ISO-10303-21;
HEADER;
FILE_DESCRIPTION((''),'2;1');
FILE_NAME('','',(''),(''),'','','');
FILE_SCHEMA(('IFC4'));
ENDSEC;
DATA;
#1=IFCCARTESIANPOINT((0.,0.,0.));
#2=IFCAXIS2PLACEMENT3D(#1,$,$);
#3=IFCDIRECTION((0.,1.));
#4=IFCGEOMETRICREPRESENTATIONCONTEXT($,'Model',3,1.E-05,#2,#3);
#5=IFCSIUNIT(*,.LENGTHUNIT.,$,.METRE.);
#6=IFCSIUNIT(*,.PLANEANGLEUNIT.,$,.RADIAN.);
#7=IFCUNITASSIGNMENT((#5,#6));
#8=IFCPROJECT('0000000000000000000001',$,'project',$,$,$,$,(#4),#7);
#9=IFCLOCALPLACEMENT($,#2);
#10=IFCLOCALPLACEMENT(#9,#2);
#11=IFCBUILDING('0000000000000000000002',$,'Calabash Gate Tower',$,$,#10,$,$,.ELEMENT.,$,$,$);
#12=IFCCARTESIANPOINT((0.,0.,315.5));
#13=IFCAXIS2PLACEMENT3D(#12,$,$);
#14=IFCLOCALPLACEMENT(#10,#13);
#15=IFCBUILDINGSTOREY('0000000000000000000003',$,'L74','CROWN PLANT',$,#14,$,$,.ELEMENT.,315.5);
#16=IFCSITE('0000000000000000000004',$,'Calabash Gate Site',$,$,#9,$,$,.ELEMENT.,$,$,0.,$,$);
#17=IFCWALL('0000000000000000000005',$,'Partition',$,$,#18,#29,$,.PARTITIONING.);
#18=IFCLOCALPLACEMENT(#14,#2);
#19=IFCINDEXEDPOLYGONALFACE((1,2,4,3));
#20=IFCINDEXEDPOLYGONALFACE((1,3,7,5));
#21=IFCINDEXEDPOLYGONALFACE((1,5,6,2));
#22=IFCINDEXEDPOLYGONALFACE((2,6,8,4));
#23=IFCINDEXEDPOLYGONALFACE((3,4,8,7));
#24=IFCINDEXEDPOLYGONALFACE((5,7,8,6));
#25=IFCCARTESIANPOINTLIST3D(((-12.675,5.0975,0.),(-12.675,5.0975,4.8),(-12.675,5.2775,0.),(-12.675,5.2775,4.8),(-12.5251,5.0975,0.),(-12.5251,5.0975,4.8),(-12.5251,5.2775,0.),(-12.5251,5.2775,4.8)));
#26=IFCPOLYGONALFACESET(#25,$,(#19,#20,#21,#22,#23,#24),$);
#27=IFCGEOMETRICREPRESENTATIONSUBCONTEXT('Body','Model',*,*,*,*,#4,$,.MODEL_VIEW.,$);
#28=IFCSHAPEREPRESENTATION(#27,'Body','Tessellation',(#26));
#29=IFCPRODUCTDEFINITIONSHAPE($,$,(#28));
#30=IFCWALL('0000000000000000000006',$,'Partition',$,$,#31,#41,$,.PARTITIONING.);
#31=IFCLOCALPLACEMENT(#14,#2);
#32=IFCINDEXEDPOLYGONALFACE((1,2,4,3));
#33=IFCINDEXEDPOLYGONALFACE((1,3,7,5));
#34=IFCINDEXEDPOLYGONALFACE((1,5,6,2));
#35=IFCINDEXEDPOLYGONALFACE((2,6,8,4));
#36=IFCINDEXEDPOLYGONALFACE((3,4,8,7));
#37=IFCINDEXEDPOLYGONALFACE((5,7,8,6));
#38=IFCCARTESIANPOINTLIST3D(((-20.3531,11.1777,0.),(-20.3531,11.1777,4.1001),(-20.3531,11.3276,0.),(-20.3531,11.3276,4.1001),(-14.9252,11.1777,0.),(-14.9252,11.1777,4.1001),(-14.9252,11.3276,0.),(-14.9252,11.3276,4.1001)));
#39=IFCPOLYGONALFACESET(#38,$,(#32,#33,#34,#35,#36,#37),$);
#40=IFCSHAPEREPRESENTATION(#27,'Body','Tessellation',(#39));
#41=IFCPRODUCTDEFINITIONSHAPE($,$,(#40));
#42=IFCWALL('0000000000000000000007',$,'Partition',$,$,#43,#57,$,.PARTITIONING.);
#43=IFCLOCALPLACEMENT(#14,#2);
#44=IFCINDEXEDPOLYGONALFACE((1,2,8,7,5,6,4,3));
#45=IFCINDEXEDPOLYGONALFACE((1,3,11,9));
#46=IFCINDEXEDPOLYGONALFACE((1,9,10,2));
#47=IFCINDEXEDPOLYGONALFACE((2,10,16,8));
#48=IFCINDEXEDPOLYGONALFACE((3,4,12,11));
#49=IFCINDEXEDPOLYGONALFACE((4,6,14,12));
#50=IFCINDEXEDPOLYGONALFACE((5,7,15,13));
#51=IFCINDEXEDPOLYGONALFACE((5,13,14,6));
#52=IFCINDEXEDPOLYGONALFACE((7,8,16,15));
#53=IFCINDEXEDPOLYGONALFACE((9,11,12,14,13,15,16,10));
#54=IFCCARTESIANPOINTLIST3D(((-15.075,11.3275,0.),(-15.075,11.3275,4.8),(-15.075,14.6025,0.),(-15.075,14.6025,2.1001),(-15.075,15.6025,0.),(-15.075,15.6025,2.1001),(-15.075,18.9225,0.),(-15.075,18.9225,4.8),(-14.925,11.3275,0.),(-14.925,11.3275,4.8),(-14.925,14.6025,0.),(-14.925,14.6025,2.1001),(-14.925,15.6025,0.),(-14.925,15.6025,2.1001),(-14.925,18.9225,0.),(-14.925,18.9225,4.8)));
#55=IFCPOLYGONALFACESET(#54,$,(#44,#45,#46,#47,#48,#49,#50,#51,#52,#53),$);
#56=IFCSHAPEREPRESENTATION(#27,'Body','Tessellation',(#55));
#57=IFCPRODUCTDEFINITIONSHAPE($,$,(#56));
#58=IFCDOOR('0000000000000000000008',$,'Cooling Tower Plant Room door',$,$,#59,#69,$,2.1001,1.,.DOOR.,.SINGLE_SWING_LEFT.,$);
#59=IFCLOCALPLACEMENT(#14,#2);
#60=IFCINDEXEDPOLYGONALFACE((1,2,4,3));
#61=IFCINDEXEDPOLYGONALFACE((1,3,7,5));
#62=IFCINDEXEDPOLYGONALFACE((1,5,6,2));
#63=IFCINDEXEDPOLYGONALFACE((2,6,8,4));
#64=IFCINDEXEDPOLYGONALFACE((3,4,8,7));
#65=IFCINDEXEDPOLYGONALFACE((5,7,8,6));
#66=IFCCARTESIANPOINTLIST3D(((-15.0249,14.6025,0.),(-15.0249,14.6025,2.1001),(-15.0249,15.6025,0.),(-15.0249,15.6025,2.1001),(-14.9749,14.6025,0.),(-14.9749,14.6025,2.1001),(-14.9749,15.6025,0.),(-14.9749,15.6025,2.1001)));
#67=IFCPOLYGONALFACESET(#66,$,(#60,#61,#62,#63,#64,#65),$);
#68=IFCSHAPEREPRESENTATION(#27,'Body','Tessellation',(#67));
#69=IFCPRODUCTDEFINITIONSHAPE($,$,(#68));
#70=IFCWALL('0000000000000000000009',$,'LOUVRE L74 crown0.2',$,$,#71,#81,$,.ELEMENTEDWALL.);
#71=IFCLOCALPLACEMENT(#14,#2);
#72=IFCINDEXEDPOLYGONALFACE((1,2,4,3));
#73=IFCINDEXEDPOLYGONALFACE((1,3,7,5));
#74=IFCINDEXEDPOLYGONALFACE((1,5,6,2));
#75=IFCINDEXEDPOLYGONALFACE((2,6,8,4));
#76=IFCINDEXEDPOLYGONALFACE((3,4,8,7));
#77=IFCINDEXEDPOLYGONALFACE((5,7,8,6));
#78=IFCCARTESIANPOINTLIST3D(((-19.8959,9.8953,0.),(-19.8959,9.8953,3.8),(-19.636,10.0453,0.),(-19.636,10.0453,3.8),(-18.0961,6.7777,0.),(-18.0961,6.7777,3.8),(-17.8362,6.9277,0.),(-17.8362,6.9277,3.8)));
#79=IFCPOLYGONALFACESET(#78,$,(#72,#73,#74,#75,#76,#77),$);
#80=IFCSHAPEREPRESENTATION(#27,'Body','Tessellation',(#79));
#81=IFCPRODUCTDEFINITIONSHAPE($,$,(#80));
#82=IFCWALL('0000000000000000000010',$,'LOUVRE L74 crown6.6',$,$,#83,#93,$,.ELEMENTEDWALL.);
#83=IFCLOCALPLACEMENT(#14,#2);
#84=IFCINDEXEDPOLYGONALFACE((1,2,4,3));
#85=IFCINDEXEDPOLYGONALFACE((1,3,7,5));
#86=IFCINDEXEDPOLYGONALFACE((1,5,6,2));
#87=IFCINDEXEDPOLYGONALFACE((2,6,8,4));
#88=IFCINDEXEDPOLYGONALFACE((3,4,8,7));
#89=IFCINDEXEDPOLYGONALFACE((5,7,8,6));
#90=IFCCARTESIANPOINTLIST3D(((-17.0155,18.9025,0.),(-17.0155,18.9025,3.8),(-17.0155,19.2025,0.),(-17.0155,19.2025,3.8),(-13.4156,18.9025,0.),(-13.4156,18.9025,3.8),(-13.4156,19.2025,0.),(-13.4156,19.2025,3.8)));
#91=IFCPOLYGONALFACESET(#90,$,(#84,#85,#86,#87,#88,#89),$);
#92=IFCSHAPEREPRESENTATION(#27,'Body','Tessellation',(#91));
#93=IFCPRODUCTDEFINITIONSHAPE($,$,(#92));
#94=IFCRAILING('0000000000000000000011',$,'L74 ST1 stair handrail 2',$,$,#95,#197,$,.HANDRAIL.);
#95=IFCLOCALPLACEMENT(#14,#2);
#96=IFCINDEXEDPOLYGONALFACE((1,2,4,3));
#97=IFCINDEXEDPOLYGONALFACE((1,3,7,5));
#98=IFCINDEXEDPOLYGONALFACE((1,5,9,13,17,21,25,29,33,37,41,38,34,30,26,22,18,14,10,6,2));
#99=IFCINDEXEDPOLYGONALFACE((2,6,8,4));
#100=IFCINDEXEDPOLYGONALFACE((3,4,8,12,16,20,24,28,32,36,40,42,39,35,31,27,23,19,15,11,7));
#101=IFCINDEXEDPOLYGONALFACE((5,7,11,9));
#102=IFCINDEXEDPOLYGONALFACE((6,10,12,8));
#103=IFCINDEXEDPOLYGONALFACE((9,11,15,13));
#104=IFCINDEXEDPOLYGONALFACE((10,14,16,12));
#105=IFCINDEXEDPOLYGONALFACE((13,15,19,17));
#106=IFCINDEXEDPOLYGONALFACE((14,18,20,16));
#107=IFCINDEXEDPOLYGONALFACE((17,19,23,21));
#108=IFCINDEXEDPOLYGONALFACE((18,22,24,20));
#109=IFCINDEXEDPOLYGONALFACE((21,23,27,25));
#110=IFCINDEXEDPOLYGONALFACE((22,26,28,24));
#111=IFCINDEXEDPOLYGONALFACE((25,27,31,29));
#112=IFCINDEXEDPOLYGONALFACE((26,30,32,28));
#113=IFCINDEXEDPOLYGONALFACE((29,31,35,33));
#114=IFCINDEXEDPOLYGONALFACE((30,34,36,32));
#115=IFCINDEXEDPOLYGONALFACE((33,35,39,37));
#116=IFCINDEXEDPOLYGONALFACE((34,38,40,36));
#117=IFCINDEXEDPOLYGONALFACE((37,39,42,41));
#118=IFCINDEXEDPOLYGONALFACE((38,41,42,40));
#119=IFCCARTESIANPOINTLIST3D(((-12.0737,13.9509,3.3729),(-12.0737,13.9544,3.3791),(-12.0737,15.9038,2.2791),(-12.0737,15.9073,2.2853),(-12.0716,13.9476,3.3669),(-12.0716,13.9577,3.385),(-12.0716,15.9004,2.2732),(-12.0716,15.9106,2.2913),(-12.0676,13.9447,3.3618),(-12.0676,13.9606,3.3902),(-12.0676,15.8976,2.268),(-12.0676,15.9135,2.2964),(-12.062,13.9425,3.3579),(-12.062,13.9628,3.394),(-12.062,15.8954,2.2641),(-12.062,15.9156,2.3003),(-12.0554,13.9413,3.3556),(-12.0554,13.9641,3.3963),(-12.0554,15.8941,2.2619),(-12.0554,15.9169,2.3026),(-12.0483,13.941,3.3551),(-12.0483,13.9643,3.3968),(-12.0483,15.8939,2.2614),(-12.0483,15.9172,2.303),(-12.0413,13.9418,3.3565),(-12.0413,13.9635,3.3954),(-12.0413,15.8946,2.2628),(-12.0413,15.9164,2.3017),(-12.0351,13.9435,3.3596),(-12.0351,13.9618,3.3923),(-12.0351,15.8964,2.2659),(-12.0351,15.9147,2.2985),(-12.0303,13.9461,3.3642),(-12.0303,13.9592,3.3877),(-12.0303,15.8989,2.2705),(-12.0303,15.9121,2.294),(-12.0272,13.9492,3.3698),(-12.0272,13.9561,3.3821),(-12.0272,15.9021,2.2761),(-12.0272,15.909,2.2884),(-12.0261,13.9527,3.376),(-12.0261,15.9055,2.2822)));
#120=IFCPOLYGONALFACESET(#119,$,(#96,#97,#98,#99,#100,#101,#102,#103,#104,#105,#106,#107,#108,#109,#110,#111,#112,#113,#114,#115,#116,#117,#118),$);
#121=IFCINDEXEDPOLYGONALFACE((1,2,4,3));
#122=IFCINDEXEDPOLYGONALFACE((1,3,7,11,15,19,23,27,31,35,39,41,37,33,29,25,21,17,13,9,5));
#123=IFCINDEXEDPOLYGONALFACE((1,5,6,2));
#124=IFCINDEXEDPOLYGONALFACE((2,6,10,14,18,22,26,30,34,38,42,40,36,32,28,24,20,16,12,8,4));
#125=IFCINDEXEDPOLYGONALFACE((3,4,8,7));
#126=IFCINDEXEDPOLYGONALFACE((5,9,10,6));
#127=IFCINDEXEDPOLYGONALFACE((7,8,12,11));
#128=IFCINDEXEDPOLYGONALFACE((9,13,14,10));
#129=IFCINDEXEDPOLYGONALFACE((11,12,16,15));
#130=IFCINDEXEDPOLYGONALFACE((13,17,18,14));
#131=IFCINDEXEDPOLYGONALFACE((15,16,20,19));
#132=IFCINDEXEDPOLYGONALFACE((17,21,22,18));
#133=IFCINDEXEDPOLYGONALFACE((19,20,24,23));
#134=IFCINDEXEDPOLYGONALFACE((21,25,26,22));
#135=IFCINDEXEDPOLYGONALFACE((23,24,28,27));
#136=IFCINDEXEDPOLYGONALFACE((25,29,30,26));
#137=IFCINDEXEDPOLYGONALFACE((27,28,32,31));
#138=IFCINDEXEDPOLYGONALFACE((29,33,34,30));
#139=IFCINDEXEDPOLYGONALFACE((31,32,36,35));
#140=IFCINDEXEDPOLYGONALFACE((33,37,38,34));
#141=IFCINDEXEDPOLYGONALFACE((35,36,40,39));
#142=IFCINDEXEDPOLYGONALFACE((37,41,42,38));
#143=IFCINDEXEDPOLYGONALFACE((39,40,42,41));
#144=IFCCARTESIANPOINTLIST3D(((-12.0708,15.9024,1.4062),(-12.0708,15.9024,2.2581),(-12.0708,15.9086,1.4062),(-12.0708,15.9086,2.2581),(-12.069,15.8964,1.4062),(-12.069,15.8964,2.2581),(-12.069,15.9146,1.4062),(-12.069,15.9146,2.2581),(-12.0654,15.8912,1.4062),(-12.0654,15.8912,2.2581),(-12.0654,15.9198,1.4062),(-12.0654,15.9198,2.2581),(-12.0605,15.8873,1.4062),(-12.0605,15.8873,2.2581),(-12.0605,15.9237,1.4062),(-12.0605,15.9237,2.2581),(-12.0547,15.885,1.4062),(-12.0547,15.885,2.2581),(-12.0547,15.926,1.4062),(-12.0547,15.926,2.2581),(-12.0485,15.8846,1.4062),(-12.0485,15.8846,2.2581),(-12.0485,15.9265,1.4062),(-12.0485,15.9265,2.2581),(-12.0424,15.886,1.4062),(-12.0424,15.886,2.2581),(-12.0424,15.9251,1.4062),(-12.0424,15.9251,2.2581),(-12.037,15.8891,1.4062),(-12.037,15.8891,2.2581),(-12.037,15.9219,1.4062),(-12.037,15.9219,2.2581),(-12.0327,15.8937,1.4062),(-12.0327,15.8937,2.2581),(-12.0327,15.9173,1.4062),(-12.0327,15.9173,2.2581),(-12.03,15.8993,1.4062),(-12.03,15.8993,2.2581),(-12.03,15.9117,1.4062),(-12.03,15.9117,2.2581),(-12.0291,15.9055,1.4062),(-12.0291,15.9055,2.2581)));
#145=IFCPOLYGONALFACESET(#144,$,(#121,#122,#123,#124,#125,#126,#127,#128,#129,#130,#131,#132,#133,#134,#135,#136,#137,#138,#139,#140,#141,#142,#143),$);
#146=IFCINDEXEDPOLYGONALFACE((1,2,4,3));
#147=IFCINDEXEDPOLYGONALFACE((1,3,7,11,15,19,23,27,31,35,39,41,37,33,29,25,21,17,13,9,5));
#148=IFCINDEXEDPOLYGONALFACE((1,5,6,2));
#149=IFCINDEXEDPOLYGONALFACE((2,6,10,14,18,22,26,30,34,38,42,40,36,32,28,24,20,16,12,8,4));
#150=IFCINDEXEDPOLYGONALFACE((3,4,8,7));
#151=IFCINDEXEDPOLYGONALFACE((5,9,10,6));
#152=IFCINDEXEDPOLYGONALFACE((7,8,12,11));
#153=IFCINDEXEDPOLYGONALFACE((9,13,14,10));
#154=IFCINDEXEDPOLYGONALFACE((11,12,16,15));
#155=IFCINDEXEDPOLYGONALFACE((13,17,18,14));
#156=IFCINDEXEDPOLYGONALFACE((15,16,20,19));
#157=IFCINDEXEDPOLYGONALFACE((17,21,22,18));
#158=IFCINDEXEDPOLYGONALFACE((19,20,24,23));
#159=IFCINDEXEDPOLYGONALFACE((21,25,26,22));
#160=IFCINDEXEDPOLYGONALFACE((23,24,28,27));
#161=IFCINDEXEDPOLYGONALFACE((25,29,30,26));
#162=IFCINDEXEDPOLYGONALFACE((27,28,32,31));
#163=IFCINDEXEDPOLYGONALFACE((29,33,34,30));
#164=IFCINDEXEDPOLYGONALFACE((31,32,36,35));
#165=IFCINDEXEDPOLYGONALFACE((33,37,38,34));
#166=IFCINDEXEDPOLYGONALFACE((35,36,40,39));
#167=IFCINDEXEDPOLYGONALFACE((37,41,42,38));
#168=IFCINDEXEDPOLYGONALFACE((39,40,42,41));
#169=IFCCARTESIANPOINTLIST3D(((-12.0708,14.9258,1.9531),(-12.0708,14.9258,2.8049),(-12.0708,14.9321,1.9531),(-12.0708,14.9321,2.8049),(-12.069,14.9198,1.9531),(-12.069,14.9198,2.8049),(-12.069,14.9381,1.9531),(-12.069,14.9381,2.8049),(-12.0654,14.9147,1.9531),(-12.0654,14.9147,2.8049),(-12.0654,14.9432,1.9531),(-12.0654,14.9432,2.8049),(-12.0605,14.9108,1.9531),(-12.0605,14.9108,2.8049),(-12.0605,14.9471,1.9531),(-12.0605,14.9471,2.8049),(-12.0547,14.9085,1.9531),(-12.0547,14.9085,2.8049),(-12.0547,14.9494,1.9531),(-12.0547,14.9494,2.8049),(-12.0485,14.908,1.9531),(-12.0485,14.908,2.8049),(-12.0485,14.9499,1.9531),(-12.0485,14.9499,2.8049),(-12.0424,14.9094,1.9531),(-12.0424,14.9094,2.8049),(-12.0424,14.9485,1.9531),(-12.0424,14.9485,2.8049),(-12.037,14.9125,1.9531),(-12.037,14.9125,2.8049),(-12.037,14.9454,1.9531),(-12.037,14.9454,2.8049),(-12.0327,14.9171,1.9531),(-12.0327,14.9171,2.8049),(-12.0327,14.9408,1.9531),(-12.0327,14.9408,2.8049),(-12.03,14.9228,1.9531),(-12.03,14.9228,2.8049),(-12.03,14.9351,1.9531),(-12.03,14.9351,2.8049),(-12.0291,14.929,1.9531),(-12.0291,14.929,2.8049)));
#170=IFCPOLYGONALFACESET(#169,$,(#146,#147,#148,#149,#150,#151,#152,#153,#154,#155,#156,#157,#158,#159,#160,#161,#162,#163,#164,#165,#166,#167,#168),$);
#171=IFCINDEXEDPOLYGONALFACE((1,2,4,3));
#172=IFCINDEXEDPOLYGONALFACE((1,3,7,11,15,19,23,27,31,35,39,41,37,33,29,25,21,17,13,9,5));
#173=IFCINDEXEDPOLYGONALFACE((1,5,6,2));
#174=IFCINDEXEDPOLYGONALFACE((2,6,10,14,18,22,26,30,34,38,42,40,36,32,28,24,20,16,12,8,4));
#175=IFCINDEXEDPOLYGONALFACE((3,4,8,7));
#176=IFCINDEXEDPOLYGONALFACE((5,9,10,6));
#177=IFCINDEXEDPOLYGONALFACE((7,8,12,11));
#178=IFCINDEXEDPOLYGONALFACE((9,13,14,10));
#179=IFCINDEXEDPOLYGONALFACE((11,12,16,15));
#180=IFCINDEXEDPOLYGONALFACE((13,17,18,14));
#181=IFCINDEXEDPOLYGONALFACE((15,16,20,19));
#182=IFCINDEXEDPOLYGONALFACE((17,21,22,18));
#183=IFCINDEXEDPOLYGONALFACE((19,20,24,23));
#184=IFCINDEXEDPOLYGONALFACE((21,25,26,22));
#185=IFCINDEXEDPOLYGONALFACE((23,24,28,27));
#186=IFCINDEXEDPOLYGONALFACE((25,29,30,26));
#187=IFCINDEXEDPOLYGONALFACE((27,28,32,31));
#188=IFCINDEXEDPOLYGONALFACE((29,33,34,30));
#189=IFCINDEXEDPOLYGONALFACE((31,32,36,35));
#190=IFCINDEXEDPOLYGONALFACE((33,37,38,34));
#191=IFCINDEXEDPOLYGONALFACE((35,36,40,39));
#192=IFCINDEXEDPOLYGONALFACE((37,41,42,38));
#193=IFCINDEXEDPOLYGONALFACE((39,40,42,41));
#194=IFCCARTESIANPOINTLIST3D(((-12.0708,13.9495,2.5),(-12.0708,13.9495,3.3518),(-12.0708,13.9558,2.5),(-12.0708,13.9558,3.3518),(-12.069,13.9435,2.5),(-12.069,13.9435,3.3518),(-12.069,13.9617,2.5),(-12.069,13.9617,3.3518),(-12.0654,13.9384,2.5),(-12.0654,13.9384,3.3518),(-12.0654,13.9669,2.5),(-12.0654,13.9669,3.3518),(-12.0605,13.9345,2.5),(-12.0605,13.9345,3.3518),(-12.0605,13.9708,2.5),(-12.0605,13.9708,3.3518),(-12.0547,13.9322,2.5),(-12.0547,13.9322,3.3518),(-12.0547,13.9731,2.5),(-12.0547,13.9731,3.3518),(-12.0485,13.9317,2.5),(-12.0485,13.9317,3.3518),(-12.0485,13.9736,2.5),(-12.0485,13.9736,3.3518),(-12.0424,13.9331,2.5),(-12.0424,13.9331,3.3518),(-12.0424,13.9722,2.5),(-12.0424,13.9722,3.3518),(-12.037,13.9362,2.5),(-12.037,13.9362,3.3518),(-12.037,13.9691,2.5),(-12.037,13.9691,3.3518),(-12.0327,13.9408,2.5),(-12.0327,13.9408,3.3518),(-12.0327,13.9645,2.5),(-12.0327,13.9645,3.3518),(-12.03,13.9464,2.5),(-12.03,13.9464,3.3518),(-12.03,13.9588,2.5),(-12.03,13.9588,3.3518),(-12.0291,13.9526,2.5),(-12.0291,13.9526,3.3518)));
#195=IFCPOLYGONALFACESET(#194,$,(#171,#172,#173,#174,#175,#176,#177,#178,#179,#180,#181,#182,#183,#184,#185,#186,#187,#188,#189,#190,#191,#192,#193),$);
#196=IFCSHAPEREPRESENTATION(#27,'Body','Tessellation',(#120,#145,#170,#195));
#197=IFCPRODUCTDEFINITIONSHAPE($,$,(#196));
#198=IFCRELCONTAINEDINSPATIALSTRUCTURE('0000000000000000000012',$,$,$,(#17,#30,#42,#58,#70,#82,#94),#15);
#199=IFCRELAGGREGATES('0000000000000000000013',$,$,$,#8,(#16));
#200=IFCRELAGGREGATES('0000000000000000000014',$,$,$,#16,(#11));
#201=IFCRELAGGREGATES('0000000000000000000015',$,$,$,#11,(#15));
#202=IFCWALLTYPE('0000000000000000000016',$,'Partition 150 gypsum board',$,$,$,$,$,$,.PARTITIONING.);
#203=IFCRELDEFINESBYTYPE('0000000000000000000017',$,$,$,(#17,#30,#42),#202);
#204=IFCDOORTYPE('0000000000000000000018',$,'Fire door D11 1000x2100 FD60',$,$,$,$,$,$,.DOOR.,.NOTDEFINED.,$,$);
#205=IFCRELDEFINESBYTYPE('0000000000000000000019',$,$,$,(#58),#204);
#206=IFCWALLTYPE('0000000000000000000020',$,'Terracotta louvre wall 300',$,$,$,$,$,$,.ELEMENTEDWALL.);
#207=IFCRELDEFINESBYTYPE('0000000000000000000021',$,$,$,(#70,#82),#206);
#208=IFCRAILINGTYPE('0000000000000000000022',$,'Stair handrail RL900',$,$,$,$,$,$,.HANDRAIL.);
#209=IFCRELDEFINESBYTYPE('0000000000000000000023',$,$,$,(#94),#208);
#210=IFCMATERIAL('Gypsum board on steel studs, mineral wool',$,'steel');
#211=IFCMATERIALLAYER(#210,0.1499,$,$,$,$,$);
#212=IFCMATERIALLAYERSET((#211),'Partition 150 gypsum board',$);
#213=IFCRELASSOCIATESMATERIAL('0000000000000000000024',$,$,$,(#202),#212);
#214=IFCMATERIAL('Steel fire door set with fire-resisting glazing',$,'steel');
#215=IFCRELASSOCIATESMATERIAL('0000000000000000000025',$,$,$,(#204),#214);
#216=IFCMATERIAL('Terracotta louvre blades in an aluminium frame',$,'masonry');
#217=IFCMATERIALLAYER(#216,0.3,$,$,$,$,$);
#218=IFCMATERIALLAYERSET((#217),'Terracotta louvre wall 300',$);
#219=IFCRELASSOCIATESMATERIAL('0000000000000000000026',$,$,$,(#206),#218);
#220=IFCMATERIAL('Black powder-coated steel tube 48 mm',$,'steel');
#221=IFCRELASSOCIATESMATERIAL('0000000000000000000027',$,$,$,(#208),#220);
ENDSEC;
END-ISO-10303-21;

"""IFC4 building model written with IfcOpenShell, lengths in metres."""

from ifc_helpers import new_model, si_unit, direction, frame, frame_2d, origin, origin_2d, place, context, subcontext, project, spatial, rectangle, circle, extrude, material, layer, layer_set, type_object, element, fill, save


model = new_model("IFC4")

# Units and contexts
model_context = context("Model", 3, precision=1e-05, world=origin(), true_north=direction((0.0, 1.0)))
body_context = subcontext(model_context, "Body", "Model", "MODEL_VIEW")
ifc_project = project(units=[si_unit("LENGTHUNIT", "METRE"), si_unit("PLANEANGLEUNIT", "RADIAN")], contexts=[model_context])

# Site, building, storey
site_placement = place(None, origin())
site = spatial("IfcSite", under=ifc_project, at=site_placement, Name="Calabash Gate Site", CompositionType="ELEMENT", RefElevation=0.0)
building_placement = place(site_placement, origin())
building = spatial("IfcBuilding", under=site, at=building_placement, Name="Calabash Gate Tower", CompositionType="ELEMENT")
storey_placement = place(building_placement, frame((0.0, 0.0, 315.5)))
storey = spatial("IfcBuildingStorey", under=building, at=storey_placement, Name="L74", Description="CROWN PLANT", CompositionType="ELEMENT", Elevation=315.5)

# Walls
ifc_material_1 = material(Name="Gypsum board on steel studs, mineral wool", Category="steel")
ifc_layer_1 = layer(ifc_material_1, 0.1499)
ifc_layer_set_1 = layer_set([ifc_layer_1], Name="Partition 150 gypsum board")
wall_type_1 = type_object("IfcWallType", Name="Partition 150 gypsum board", PredefinedType="PARTITIONING", material=ifc_layer_set_1)
wall_1_placement = place(storey_placement, frame((-12.6001, 5.0977, 0.0), z_axis=(0.0, 0.0, 1.0), x_axis=(0.0, 1.0, 0.0)))
element("IfcWall", 1, at=wall_1_placement, inside=storey, type_object=wall_type_1, Name="Partition", PredefinedType="PARTITIONING", context=body_context, shape_type="SweptSolid", body=[
    extrude(rectangle(XDim=0.1799, YDim=0.1499, at=frame_2d((0.0898, 0.0))), origin(), (0.0, 0.0, 1.0), 4.8),
])
wall_2_placement = place(storey_placement, frame((-20.353, 11.2527, 0.0), z_axis=(0.0, 0.0, 1.0), x_axis=(1.0, 0.0, 0.0)))
element("IfcWall", 2, at=wall_2_placement, inside=storey, type_object=wall_type_1, Name="Partition", PredefinedType="PARTITIONING", context=body_context, shape_type="SweptSolid", body=[
    extrude(rectangle(XDim=5.428, YDim=0.1499, at=frame_2d((2.7139, 0.0))), origin(), (0.0, 0.0, 1.0), 4.1001),
])

# Wall, opening, door
wall_3_placement = place(storey_placement, frame((-15.0, 11.3276, 0.0), z_axis=(0.0, 0.0, 1.0), x_axis=(0.0, 1.0, 0.0)))
wall_3 = element("IfcWall", 3, at=wall_3_placement, inside=storey, type_object=wall_type_1, Name="Partition", PredefinedType="PARTITIONING", context=body_context, shape_type="SweptSolid", body=[
    extrude(rectangle(XDim=7.595, YDim=0.1499, at=frame_2d((3.7974, 0.0))), origin(), (0.0, 0.0, 1.0), 4.8),
])
opening_1_placement = place(wall_3_placement, frame((3.2749, 0.0, 0.0)))
opening_1 = element("IfcOpeningElement", 4, at=opening_1_placement, cuts=wall_3, PredefinedType="OPENING", context=body_context, shape_type="SweptSolid", body=[
    extrude(rectangle(XDim=1.0, YDim=2.1001, at=frame_2d((0.5, 1.05))), frame((0.0, 0.085, 0.0), z_axis=(0.0, -1.0, 0.0), x_axis=(1.0, 0.0, 0.0)), (0.0, 0.0, 1.0), 0.1699),
])
ifc_material_2 = material(Name="Steel fire door set with fire-resisting glazing", Category="steel")
door_type_1 = type_object("IfcDoorType", Name="Fire door D11 1000x2100 FD60", OperationType="NOTDEFINED", PredefinedType="DOOR", material=ifc_material_2)
door_1_placement = place(opening_1_placement, origin())
door_1 = element("IfcDoor", 5, at=door_1_placement, inside=storey, type_object=door_type_1, Name="Cooling Tower Plant Room door", OperationType="SINGLE_SWING_LEFT", OverallHeight=2.1001, OverallWidth=1.0, PredefinedType="DOOR", context=body_context, shape_type="SweptSolid", body=[
    extrude(rectangle(XDim=1.0, YDim=2.1001, at=frame_2d((0.5, 1.05))), frame((0.0, 0.0249, 0.0), z_axis=(0.0, -1.0, 0.0), x_axis=(1.0, 0.0, 0.0)), (0.0, 0.0, 1.0), 0.05),
])
fill(opening_1, door_1)

# Walls
ifc_material_3 = material(Name="Terracotta louvre blades in an aluminium frame", Category="masonry")
ifc_layer_2 = layer(ifc_material_3, 0.3)
ifc_layer_set_2 = layer_set([ifc_layer_2], Name="Terracotta louvre wall 300")
wall_type_2 = type_object("IfcWallType", Name="Terracotta louvre wall 300", PredefinedType="ELEMENTEDWALL", material=ifc_layer_set_2)
for number, where, z_axis, x_axis, name in (
    (6, (-19.7659, 9.9702, 0.0), (0.0, 0.0, 1.0), (0.499961, -0.866048, 0.0), "LOUVRE L74 crown0.2"),
    (7, (-13.4158, 19.0525, 0.0), (0.0, 0.0, 1.0), (-1.0, 0.0, 0.0), "LOUVRE L74 crown6.6"),
):
    element("IfcWall", number, at=place(storey_placement, frame(where, z_axis=z_axis, x_axis=x_axis)), inside=storey, type_object=wall_type_2, Name=name, PredefinedType="ELEMENTEDWALL", context=body_context, shape_type="SweptSolid", body=[
        extrude(rectangle(XDim=3.5999, YDim=0.3, at=frame_2d((1.7998, 0.0))), origin(), (0.0, 0.0, 1.0), 3.8),
    ])

# Railing
ifc_material_4 = material(Name="Black powder-coated steel tube 48 mm", Category="steel")
railing_type_1 = type_object("IfcRailingType", Name="Stair handrail RL900", PredefinedType="HANDRAIL", material=ifc_material_4)
for number, where, name in (
    (8, (-12.05, 15.9055, 1.4062), "L74 ST1 stair handrail 2"),
):
    element("IfcRailing", number, at=place(storey_placement, frame(where)), inside=storey, type_object=railing_type_1, Name=name, PredefinedType="HANDRAIL", context=body_context, shape_type="SweptSolid", body=[
        extrude(circle(Radius=0.0239, at=origin_2d()), frame((0.0, 0.0, 0.876), z_axis=(0.0, -0.87248, 0.48865), x_axis=(1.0, 0.0, 0.0)), (0.0, 0.0, 1.0), 2.2383),
        extrude(circle(Radius=0.021, at=origin_2d()), origin(), (0.0, 0.0, 1.0), 0.8518),
        extrude(circle(Radius=0.021, at=origin_2d()), frame((0.0, -0.9766, 0.5469)), (0.0, 0.0, 1.0), 0.8518),
        extrude(circle(Radius=0.021, at=origin_2d()), frame((0.0, -1.9529, 1.0938)), (0.0, 0.0, 1.0), 0.8518),
    ])

save(model, "model.ifc")
